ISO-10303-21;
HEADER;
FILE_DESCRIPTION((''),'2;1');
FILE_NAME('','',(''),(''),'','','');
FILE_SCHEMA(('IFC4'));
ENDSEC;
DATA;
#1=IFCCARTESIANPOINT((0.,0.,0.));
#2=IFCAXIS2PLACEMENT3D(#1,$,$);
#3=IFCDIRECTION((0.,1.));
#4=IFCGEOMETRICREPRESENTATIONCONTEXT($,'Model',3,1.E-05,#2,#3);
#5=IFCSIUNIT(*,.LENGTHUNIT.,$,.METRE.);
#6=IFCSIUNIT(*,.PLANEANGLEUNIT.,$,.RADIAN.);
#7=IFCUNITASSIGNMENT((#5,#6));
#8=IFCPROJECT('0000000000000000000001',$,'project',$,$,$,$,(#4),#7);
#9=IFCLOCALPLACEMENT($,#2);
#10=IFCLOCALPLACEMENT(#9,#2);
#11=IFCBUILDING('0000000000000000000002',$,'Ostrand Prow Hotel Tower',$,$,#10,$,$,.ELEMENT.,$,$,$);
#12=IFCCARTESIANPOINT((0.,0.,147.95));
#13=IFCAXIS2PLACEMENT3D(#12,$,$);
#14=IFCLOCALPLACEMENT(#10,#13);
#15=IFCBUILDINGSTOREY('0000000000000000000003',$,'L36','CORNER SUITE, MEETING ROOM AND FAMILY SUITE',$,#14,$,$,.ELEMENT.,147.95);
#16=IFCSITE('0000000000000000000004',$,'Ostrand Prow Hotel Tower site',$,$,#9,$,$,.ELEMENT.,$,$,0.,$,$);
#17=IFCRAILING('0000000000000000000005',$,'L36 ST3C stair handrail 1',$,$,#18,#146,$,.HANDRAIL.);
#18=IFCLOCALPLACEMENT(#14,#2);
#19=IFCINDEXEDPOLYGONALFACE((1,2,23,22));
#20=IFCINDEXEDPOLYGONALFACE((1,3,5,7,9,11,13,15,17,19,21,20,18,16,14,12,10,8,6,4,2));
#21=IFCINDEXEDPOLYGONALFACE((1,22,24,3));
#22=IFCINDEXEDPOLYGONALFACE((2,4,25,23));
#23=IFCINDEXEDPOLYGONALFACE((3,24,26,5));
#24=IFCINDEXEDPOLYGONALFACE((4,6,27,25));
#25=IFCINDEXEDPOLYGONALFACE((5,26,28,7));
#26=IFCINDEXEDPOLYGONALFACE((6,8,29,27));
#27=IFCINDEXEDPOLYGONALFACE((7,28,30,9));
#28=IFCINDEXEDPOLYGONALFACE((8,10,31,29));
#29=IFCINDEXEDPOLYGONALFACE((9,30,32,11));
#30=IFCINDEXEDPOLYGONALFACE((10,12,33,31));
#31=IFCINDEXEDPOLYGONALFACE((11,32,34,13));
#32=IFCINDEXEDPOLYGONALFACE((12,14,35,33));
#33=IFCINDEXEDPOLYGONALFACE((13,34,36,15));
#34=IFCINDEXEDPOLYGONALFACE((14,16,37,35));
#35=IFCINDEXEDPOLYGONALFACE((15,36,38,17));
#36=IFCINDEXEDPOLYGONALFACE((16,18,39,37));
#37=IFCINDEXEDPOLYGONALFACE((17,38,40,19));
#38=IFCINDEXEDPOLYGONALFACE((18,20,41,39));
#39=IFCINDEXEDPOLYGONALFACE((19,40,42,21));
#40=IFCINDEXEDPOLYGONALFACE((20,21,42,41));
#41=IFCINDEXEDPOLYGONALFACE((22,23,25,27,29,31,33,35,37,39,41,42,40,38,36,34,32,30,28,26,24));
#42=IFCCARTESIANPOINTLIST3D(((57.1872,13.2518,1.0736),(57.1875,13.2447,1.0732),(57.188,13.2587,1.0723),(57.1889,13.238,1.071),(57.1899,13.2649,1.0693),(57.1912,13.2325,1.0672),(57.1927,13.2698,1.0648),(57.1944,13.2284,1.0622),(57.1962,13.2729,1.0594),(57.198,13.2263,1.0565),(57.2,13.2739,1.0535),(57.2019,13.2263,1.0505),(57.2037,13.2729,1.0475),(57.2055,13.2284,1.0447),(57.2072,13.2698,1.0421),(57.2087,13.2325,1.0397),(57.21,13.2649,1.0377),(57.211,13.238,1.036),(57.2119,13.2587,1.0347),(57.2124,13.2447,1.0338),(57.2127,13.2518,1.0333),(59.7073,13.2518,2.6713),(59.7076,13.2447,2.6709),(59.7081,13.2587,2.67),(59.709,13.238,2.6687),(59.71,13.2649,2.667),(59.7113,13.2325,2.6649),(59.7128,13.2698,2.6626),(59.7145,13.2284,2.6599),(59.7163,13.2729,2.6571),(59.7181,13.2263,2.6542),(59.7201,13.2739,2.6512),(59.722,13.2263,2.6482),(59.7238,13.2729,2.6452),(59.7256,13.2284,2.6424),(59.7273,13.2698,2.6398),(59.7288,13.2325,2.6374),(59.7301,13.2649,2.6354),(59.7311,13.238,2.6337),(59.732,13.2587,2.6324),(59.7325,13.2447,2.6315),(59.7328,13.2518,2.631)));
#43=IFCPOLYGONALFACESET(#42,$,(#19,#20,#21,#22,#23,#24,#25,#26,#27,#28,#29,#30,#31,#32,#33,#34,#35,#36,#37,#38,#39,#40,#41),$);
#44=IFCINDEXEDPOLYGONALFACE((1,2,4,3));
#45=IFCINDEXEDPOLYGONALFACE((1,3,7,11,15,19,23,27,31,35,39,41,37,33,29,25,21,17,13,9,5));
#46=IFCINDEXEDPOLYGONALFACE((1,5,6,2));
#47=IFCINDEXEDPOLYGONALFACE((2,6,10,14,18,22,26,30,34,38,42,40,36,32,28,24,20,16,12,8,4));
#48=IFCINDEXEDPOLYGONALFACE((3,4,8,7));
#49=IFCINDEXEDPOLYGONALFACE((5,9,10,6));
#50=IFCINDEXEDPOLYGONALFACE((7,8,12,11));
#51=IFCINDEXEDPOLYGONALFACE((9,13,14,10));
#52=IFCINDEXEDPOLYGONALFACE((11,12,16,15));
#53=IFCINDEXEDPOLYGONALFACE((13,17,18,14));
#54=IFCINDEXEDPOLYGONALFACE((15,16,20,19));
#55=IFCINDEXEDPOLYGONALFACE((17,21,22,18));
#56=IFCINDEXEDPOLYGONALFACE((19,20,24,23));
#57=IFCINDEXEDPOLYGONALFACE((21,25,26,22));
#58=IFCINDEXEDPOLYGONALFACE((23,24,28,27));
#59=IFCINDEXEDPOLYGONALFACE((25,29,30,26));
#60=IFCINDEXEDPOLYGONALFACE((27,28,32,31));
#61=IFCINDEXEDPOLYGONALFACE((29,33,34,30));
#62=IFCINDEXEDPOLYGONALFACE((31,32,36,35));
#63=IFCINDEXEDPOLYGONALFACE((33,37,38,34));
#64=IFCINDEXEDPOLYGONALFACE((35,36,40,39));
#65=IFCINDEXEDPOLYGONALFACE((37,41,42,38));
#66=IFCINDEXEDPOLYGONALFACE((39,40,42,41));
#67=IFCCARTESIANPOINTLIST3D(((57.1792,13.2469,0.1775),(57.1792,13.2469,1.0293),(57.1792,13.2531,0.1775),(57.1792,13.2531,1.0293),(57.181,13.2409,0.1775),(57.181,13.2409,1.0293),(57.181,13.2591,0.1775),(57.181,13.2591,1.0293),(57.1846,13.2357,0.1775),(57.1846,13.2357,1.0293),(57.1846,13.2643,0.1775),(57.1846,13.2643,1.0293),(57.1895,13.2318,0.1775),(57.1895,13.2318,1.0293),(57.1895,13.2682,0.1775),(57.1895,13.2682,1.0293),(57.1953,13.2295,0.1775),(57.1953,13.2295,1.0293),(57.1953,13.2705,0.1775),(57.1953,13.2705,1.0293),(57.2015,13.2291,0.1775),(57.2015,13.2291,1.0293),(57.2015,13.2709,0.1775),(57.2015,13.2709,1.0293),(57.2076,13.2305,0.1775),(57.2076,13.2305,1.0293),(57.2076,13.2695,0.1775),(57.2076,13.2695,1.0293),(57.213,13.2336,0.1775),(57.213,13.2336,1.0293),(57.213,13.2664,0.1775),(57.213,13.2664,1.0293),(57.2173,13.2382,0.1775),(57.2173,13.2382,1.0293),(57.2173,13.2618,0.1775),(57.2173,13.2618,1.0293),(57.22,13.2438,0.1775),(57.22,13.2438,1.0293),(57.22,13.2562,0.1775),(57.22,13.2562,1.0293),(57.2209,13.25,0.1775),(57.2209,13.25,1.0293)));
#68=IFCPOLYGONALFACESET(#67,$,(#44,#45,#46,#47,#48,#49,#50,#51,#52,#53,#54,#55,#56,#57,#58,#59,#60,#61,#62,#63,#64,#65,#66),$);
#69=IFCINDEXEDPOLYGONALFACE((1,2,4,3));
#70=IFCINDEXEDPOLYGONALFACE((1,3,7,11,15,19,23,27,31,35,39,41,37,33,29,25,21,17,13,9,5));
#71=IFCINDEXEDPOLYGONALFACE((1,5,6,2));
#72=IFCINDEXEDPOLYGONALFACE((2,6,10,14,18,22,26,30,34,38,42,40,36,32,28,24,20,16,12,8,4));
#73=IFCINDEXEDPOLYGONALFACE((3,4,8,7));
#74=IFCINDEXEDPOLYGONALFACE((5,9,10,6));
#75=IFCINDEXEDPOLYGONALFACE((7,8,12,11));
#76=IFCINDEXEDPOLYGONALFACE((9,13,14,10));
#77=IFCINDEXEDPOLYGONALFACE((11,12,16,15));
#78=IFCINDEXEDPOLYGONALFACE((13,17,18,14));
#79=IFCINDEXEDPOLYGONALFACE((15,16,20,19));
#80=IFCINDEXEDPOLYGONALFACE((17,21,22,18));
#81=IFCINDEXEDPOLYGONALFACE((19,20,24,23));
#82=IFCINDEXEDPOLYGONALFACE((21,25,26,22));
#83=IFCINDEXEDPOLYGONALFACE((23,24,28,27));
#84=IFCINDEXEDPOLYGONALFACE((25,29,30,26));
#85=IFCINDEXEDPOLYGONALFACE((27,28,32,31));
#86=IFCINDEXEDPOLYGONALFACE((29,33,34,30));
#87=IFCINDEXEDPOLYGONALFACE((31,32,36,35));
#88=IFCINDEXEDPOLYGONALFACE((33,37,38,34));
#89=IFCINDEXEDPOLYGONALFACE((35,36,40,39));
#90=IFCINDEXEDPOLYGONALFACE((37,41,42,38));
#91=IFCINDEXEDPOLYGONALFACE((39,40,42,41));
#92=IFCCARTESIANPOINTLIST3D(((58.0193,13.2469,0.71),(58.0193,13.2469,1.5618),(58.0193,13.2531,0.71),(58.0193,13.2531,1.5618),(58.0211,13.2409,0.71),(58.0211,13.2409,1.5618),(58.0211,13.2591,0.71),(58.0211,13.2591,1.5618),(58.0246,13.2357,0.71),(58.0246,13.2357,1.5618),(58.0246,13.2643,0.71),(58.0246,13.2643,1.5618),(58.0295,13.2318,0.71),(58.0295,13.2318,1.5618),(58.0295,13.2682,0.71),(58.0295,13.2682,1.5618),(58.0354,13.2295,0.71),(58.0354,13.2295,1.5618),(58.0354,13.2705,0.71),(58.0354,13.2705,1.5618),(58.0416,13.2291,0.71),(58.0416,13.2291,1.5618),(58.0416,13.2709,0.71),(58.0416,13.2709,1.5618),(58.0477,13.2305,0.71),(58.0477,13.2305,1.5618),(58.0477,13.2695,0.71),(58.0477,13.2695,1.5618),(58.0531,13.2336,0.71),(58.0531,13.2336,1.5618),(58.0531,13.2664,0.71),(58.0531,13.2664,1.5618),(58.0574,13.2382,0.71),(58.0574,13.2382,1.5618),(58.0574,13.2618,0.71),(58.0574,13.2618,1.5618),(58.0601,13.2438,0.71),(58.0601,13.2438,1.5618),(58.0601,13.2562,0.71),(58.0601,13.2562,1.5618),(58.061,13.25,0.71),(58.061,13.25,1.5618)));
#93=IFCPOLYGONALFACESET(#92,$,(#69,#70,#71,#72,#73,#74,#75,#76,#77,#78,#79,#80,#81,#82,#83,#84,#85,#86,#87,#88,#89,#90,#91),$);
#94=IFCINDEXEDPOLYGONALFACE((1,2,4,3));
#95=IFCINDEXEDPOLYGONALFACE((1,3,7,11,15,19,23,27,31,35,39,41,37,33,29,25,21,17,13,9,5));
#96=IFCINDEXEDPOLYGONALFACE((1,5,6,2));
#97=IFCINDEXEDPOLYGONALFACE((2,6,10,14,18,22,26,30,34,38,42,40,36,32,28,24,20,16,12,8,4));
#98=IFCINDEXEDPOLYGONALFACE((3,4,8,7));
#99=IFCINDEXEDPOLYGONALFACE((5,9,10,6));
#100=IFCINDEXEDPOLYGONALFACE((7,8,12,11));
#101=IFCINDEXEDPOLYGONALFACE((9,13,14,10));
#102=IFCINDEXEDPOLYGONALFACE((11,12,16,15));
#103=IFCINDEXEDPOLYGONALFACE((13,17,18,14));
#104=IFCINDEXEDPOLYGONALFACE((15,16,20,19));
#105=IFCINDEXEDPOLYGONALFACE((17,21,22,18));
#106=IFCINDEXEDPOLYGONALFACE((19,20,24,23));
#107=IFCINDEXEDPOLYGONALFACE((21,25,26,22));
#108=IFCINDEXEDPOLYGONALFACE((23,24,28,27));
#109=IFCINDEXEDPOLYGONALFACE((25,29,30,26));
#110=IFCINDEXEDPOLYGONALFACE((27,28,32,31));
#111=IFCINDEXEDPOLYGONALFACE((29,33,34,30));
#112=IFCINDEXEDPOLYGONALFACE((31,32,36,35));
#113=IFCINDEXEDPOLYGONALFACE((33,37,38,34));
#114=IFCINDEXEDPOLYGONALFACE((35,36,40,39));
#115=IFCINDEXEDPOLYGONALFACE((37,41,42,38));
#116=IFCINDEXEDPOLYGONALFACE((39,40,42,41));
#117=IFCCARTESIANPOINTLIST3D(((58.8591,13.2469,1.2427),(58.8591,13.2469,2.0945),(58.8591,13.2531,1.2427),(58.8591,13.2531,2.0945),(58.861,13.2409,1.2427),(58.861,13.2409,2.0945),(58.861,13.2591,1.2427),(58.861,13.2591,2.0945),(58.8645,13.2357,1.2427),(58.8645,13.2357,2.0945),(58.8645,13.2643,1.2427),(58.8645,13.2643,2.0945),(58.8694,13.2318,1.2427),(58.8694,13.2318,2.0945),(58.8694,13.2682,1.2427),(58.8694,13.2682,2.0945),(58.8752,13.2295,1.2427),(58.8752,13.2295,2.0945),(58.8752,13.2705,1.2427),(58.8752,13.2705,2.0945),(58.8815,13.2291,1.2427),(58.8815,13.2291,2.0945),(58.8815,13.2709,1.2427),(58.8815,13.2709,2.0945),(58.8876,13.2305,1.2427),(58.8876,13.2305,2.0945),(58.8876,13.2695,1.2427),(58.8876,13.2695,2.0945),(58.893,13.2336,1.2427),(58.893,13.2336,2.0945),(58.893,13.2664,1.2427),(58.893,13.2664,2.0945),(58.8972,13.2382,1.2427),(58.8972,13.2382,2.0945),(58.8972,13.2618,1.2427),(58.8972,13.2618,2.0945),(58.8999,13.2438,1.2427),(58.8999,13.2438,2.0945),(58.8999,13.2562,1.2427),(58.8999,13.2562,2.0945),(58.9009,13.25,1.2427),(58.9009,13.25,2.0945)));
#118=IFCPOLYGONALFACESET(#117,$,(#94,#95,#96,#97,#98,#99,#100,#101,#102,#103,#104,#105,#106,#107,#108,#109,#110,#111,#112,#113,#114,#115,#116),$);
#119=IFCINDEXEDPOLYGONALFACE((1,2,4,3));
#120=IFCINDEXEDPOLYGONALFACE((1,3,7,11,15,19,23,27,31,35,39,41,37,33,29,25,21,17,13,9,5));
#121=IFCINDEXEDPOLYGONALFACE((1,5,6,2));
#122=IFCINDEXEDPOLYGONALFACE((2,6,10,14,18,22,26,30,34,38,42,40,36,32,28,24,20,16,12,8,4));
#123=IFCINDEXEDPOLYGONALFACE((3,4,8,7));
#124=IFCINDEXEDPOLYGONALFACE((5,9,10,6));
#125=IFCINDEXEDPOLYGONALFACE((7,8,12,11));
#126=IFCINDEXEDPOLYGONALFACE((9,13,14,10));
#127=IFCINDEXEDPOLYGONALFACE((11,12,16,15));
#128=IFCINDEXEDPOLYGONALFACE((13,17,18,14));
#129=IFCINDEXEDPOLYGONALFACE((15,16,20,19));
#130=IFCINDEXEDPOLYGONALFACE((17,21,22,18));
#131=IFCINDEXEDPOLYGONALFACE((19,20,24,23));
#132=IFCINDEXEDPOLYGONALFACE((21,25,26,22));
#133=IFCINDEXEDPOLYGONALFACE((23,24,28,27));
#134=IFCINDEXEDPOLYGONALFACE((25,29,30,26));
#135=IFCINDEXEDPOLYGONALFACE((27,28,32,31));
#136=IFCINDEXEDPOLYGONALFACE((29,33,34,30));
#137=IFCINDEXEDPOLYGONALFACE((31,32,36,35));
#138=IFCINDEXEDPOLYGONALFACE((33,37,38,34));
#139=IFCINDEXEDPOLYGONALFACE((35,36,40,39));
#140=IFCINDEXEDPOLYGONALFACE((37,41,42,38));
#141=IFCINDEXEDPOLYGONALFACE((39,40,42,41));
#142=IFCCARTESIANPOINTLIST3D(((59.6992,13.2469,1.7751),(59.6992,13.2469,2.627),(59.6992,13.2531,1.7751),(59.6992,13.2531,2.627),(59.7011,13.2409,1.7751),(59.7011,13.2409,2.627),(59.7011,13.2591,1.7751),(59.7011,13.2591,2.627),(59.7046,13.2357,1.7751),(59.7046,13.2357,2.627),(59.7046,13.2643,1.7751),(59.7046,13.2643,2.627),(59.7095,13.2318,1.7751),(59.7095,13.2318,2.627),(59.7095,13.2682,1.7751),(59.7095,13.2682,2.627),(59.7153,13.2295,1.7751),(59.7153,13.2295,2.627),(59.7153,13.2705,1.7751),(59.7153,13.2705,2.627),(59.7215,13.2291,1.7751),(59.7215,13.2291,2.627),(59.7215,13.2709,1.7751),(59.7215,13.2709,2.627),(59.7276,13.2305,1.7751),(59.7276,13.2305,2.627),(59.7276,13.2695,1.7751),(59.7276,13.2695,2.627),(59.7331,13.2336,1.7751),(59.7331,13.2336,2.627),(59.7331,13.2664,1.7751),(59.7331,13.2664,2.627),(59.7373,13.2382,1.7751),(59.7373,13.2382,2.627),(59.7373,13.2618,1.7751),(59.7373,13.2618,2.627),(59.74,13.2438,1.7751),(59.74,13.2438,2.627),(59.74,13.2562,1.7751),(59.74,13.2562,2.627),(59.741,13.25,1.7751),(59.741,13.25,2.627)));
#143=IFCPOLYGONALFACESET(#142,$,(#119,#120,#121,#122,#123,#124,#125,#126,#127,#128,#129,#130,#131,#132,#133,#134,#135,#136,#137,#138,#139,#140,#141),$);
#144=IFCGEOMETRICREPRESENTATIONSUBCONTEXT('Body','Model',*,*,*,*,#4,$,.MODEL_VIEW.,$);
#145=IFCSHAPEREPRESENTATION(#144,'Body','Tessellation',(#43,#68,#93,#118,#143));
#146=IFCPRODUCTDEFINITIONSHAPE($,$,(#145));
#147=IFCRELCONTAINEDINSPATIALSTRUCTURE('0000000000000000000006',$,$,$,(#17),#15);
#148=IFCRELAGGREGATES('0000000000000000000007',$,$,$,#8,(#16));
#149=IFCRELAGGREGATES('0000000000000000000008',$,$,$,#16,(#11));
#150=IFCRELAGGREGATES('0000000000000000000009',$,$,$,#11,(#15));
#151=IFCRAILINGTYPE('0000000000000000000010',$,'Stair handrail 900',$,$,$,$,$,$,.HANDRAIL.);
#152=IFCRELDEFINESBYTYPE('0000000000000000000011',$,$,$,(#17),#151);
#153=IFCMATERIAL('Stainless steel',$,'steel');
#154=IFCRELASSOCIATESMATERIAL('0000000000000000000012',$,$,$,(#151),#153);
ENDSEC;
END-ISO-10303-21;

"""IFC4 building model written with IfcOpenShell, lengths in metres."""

from ifc_helpers import new_model, si_unit, direction, frame, origin, origin_2d, place, context, subcontext, project, spatial, circle, extrude, material, type_object, element, save


model = new_model("IFC4")

# Units and contexts
model_context = context("Model", 3, precision=1e-05, world=origin(), true_north=direction((0.0, 1.0)))
body_context = subcontext(model_context, "Body", "Model", "MODEL_VIEW")
ifc_project = project(units=[si_unit("LENGTHUNIT", "METRE"), si_unit("PLANEANGLEUNIT", "RADIAN")], contexts=[model_context])

# Site, building, storey
site_placement = place(None, origin())
site = spatial("IfcSite", under=ifc_project, at=site_placement, Name="Ostrand Prow Hotel Tower site", CompositionType="ELEMENT", RefElevation=0.0)
building_placement = place(site_placement, origin())
building = spatial("IfcBuilding", under=site, at=building_placement, Name="Ostrand Prow Hotel Tower", CompositionType="ELEMENT")
storey_placement = place(building_placement, frame((0.0, 0.0, 147.95)))
storey = spatial("IfcBuildingStorey", under=building, at=storey_placement, Name="L36", Description="CORNER SUITE, MEETING ROOM AND FAMILY SUITE", CompositionType="ELEMENT", Elevation=147.95)

# Railing
ifc_material_1 = material(Name="Stainless steel", Category="steel")
railing_type_1 = type_object("IfcRailingType", Name="Stair handrail 900", PredefinedType="HANDRAIL", material=ifc_material_1)
railing_1_placement = place(storey_placement, frame((57.2, 13.25, 0.1775)))
element("IfcRailing", 1, at=railing_1_placement, inside=storey, type_object=railing_type_1, Name="L36 ST3C stair handrail 1", PredefinedType="HANDRAIL", context=body_context, shape_type="SweptSolid", body=[
    extrude(circle(Radius=0.0239, at=origin_2d()), frame((0.0, 0.0, 0.876), z_axis=(0.84457, 0.0, 0.535445), x_axis=(0.0, 1.0, 0.0)), (0.0, 0.0, 1.0), 2.9839),
    extrude(circle(Radius=0.021, at=origin_2d()), origin(), (0.0, 0.0, 1.0), 0.8518),
    extrude(circle(Radius=0.021, at=origin_2d()), frame((0.8401, 0.0, 0.5325)), (0.0, 0.0, 1.0), 0.8518),
    extrude(circle(Radius=0.021, at=origin_2d()), frame((1.6799, 0.0, 1.0652)), (0.0, 0.0, 1.0), 0.8518),
    extrude(circle(Radius=0.021, at=origin_2d()), frame((2.52, 0.0, 1.5977)), (0.0, 0.0, 1.0), 0.8518),
])

save(model, "model.ifc")
